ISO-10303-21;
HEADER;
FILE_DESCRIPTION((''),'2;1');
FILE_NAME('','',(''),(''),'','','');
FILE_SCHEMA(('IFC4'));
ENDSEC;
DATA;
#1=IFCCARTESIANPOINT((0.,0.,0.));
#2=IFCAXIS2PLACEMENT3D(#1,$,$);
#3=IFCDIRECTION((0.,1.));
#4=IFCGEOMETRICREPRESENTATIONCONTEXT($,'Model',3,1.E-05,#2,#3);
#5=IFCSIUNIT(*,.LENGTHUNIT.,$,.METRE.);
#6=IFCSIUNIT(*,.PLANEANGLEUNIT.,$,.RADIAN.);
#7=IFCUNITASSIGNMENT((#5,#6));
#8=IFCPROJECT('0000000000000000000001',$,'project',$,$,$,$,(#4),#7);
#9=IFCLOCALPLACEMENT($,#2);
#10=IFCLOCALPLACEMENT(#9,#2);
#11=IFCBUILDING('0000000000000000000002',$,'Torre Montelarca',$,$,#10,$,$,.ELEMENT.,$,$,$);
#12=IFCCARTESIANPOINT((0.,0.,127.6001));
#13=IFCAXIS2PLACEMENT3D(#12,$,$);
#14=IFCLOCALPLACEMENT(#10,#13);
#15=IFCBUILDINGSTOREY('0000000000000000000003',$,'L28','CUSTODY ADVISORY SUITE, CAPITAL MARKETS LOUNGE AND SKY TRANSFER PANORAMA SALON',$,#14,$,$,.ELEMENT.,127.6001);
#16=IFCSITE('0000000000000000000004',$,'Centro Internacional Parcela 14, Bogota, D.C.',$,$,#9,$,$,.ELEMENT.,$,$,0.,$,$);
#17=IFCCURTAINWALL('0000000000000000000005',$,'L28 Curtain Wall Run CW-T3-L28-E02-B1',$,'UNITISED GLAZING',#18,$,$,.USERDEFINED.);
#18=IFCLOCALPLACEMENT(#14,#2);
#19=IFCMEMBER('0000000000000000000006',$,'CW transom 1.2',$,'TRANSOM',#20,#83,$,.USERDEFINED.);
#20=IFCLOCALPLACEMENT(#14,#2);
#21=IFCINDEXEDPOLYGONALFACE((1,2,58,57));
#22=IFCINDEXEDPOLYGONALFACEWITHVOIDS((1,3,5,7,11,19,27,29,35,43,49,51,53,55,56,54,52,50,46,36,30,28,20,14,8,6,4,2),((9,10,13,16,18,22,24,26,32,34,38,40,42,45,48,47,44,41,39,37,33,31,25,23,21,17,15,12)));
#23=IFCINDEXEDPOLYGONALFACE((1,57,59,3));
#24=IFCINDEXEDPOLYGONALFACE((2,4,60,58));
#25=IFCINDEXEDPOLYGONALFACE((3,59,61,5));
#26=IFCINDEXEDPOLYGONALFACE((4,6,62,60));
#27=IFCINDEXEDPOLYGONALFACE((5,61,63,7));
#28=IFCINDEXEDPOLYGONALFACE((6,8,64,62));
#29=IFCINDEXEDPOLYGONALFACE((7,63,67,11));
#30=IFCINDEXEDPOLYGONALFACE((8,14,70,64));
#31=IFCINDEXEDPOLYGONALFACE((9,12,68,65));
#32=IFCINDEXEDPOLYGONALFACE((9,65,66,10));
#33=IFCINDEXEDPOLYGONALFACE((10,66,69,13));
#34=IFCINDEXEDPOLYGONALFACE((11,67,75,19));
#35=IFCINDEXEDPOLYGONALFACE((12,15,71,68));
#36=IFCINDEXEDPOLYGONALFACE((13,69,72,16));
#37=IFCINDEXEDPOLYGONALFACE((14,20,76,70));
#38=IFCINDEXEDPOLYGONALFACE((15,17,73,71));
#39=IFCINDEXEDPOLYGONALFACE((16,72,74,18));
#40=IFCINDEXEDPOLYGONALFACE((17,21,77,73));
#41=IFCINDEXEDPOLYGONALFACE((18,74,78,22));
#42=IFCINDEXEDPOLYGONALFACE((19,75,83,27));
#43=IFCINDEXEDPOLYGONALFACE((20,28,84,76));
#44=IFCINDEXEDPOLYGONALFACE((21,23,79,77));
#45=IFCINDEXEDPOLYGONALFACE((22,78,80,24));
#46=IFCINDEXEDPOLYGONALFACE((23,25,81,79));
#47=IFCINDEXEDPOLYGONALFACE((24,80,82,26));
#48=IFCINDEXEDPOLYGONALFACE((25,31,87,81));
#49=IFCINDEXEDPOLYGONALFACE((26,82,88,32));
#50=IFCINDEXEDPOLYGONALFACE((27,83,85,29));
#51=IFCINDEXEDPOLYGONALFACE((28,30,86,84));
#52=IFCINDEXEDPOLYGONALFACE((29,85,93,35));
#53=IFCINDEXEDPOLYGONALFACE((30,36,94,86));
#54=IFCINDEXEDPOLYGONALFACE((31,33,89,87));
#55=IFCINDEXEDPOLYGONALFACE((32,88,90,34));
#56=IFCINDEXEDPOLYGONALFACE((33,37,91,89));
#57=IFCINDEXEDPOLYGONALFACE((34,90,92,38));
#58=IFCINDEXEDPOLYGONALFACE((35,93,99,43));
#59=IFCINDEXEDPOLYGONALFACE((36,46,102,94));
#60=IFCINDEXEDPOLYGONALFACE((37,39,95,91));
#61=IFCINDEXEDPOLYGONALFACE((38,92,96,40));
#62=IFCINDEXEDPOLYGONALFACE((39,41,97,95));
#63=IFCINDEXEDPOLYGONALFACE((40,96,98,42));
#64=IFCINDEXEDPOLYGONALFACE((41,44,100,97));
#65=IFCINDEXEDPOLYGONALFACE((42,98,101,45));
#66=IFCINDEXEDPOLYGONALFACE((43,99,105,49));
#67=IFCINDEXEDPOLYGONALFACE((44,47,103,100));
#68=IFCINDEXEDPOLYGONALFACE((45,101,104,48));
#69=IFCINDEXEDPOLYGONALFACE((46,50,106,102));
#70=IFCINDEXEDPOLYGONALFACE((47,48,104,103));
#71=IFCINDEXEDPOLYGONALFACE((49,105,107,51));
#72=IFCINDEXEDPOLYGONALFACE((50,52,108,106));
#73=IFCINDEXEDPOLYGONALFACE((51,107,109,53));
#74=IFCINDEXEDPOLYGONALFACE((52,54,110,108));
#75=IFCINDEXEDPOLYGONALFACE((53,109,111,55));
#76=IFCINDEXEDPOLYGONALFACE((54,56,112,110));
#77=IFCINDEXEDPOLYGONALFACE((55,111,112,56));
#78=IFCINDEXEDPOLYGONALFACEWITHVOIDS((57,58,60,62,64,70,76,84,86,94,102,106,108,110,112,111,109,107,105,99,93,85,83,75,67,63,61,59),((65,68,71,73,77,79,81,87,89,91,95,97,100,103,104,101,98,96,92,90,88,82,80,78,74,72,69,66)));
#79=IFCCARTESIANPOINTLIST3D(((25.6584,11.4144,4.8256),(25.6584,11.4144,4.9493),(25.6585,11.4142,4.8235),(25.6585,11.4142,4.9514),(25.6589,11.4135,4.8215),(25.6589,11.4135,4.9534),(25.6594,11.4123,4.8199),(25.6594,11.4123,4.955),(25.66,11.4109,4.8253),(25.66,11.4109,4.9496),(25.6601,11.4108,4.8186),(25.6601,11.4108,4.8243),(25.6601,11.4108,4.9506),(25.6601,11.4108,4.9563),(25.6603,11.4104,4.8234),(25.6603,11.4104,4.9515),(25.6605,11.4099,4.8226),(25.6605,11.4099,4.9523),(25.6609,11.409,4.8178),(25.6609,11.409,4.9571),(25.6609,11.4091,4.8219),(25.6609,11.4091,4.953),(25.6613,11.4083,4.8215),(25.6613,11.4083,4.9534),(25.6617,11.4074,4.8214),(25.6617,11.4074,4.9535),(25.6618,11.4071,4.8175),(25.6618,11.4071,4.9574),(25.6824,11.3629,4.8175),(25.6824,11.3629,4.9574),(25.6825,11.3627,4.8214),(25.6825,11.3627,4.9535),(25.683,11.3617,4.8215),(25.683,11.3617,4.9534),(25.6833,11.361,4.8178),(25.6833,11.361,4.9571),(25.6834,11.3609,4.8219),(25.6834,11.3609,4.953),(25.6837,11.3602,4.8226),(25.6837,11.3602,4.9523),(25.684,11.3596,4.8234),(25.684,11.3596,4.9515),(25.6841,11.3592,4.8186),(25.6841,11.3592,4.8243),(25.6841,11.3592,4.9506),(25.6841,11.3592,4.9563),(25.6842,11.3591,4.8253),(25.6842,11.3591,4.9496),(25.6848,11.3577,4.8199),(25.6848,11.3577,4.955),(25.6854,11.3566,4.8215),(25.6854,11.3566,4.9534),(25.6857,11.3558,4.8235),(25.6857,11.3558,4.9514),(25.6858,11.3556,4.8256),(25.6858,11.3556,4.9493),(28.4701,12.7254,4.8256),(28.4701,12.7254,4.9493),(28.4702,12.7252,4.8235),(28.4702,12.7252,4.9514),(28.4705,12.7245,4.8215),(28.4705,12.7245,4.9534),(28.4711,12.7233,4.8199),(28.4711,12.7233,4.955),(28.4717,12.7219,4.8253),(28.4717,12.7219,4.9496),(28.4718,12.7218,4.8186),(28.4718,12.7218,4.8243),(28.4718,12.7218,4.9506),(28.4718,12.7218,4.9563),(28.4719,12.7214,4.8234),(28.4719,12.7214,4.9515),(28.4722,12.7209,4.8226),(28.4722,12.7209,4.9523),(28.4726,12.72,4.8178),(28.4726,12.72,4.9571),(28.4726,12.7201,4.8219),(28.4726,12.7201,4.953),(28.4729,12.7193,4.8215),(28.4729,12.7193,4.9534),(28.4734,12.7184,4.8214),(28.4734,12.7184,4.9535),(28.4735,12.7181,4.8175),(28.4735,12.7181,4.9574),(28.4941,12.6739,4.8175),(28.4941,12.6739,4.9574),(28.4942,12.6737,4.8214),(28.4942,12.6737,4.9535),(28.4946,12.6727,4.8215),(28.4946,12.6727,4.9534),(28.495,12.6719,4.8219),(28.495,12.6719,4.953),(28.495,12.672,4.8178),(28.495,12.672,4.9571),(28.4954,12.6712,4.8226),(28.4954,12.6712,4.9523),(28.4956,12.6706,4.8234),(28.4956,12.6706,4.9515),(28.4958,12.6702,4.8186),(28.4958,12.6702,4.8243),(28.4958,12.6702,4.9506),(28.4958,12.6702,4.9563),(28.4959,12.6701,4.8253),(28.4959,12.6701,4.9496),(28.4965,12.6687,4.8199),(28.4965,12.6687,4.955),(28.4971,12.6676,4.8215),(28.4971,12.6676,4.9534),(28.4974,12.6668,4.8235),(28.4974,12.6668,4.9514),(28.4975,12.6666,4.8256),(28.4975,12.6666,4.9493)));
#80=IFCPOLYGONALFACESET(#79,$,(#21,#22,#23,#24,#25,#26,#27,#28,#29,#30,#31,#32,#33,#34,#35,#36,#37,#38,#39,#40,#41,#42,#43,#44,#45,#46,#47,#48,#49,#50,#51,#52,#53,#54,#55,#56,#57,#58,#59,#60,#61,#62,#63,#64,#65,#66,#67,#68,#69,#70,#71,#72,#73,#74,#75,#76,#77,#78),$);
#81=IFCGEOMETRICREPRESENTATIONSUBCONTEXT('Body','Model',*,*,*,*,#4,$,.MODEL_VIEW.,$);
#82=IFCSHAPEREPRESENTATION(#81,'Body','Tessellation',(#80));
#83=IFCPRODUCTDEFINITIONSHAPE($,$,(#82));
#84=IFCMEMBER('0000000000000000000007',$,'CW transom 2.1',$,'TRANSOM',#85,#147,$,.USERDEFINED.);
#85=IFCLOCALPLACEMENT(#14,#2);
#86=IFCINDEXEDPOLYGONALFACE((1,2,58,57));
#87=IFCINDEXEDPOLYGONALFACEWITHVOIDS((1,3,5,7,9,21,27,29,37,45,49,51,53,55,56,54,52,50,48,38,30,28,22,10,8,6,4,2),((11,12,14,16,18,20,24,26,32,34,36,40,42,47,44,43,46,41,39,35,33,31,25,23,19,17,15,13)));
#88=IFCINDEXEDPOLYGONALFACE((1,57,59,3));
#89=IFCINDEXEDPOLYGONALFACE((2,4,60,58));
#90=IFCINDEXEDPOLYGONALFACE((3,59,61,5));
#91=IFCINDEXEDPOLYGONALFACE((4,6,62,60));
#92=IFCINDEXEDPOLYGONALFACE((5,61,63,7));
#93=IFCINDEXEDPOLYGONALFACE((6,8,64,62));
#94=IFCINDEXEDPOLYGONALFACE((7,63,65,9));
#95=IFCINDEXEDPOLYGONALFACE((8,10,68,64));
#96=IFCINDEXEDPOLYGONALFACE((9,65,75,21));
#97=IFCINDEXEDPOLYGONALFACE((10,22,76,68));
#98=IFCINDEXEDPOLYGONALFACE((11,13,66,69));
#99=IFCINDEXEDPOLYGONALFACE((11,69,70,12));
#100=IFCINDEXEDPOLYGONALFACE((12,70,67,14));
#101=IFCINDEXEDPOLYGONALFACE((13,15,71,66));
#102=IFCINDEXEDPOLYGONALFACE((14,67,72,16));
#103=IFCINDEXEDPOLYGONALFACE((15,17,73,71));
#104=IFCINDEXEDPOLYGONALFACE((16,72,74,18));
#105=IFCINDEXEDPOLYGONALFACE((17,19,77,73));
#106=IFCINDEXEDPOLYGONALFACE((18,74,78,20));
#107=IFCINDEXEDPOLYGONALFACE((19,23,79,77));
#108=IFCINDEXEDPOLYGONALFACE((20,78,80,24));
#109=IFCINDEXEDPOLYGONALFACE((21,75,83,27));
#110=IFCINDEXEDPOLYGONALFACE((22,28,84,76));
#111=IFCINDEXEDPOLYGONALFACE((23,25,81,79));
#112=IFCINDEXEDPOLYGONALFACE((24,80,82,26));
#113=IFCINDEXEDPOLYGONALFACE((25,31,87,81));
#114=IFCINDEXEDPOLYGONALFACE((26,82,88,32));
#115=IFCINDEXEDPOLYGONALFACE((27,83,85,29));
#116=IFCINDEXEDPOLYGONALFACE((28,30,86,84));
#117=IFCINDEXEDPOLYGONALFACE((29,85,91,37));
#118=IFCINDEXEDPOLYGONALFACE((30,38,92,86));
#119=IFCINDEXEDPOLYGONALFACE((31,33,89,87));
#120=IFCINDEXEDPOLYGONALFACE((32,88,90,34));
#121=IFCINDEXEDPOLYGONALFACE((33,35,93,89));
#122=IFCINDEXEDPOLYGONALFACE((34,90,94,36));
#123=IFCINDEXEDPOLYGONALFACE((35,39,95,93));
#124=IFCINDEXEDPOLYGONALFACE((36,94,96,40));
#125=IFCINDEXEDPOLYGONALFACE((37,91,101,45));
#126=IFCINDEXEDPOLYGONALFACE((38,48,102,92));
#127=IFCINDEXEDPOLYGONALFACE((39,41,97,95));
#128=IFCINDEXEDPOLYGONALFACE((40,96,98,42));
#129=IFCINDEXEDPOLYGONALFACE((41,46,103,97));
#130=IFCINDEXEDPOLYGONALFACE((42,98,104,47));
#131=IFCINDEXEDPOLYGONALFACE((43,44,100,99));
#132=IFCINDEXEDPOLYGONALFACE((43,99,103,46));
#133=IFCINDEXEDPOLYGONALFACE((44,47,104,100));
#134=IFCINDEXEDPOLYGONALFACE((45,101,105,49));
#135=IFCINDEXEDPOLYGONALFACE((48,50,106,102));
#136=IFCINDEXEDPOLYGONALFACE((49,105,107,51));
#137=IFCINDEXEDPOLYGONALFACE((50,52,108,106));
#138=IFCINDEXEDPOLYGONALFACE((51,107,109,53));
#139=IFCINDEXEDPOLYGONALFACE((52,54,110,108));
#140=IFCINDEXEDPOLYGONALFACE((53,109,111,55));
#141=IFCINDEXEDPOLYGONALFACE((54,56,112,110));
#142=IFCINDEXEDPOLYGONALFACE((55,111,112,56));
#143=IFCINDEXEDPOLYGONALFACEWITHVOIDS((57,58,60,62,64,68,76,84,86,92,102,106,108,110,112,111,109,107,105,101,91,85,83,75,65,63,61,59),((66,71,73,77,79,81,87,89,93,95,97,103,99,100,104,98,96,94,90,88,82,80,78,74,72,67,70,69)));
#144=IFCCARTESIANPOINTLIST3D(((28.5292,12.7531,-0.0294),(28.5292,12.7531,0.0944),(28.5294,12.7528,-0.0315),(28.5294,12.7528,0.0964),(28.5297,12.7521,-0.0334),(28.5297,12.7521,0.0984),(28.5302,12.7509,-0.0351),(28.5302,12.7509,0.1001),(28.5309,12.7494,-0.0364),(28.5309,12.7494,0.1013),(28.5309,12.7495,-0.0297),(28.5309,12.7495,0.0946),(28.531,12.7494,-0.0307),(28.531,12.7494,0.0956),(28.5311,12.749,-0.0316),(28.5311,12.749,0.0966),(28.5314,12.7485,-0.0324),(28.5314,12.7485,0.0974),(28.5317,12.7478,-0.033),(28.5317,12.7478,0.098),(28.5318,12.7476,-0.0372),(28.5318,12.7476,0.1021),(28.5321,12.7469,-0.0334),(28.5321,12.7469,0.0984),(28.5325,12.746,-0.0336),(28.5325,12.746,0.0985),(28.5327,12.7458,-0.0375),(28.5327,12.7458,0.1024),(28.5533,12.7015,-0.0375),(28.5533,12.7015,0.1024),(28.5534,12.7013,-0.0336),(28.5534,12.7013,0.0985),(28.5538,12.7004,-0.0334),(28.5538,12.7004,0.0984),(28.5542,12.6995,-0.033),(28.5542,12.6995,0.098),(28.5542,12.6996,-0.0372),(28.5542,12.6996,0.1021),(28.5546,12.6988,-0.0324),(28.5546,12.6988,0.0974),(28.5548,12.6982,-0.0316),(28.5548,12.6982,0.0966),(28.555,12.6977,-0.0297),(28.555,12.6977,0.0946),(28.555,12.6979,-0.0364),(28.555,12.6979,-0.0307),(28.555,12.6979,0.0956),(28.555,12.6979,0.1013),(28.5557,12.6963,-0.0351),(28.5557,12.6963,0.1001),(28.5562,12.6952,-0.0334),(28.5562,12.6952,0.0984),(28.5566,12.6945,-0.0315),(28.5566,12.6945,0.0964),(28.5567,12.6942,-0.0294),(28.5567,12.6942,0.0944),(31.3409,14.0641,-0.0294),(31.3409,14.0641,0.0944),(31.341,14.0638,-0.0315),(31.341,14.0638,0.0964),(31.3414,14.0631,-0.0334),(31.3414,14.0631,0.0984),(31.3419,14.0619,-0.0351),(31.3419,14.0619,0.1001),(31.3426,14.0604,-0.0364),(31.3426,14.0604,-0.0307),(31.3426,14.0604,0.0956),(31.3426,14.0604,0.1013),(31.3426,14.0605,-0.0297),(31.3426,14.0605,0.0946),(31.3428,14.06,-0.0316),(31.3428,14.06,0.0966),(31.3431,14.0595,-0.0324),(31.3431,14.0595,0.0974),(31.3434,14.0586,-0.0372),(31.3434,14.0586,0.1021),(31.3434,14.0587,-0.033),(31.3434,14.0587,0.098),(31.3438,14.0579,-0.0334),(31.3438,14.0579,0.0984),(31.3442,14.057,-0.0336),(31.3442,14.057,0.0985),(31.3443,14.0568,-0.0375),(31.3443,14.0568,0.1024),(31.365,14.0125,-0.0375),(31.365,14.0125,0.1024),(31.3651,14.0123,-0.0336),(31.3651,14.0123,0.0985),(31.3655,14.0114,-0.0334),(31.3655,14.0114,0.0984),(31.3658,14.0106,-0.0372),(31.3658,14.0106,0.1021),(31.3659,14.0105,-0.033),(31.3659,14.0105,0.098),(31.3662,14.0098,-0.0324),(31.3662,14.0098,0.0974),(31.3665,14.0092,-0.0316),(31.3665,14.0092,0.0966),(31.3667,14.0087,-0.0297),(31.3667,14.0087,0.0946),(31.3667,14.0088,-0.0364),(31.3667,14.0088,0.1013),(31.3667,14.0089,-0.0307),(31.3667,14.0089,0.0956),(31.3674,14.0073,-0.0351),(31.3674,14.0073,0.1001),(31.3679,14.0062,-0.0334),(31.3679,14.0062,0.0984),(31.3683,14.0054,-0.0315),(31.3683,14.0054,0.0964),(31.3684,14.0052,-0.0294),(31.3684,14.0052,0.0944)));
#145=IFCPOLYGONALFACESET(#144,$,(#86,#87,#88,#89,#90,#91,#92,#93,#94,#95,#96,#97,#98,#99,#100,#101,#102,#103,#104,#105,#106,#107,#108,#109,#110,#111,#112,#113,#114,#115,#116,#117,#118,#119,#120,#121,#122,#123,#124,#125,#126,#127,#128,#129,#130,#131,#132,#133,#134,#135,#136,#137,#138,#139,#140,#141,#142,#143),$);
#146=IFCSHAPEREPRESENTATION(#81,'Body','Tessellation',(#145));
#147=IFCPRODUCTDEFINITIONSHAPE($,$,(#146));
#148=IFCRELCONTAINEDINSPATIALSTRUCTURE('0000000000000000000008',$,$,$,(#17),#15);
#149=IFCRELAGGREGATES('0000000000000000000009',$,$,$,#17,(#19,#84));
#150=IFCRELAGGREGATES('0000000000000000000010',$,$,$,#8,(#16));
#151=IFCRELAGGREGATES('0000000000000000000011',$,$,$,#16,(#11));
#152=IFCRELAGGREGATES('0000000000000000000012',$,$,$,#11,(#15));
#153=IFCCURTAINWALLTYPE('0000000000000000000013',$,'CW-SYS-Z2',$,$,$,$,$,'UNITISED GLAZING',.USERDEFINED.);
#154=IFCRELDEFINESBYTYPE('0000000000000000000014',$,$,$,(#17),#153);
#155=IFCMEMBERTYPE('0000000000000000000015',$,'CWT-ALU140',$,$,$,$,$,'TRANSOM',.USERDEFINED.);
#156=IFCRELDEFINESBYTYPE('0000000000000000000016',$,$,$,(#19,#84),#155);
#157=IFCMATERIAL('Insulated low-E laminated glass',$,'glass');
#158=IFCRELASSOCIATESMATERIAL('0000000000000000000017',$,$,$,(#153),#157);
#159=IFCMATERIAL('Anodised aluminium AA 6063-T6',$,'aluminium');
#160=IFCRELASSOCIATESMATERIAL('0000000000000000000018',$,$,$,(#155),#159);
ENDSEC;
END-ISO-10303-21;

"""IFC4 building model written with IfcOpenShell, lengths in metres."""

from ifc_helpers import new_model, si_unit, direction, frame, origin, origin_2d, place, context, subcontext, project, spatial, hollow_rectangle, extrude, source, transform, mapped, material, material_profile, profile_set, type_object, element, aggregate, save


model = new_model("IFC4")

# Units and contexts
model_context = context("Model", 3, precision=1e-05, world=origin(), true_north=direction((0.0, 1.0)))
body_context = subcontext(model_context, "Body", "Model", "MODEL_VIEW")
ifc_project = project(units=[si_unit("LENGTHUNIT", "METRE"), si_unit("PLANEANGLEUNIT", "RADIAN")], contexts=[model_context])

# Site, building, storey
site_placement = place(None, origin())
site = spatial("IfcSite", under=ifc_project, at=site_placement, Name="Centro Internacional Parcela 14, Bogota, D.C.", CompositionType="ELEMENT", RefElevation=0.0)
building_placement = place(site_placement, origin())
building = spatial("IfcBuilding", under=site, at=building_placement, Name="Torre Montelarca", CompositionType="ELEMENT")
storey_placement = place(building_placement, frame((0.0, 0.0, 127.6001)))
storey = spatial("IfcBuildingStorey", under=building, at=storey_placement, Name="L28", Description="CUSTODY ADVISORY SUITE, CAPITAL MARKETS LOUNGE AND SKY TRANSFER PANORAMA SALON", CompositionType="ELEMENT", Elevation=127.6001)

# Curtain wall, members
ifc_material_1 = material(Name="Insulated low-E laminated glass", Category="glass")
curtain_wall_type = type_object("IfcCurtainWallType", Name="CW-SYS-Z2", ElementType="UNITISED GLAZING", PredefinedType="USERDEFINED", material=ifc_material_1)
curtain_wall_1_placement = place(storey_placement, origin())
curtain_wall_1 = element("IfcCurtainWall", 1, at=curtain_wall_1_placement, inside=storey, type_object=curtain_wall_type, Name="L28 Curtain Wall Run CW-T3-L28-E02-B1", ObjectType="UNITISED GLAZING", PredefinedType="USERDEFINED")
ifc_material_2 = material(Name="Anodised aluminium AA 6063-T6", Category="aluminium")
ifc_material_profile_1 = material_profile(ifc_material_2, hollow_rectangle(XDim=0.0649, YDim=0.1399, WallThickness=0.0039, InnerFilletRadius=0.0039, OuterFilletRadius=0.0081, at=origin_2d()), Name="ALU65X140X4", Category="aluminium")
ifc_profile_set_1 = profile_set([ifc_material_profile_1], Name="Anodised aluminium AA 6063-T6")
member_type_1 = type_object("IfcMemberType", Name="CWT-ALU140", ElementType="TRANSOM", PredefinedType="USERDEFINED", material=ifc_profile_set_1)
shared_shape_1 = source(origin(), body_context, "Body", "SweptSolid", [
    extrude(hollow_rectangle(XDim=0.0649, YDim=0.1399, WallThickness=0.0039, InnerFilletRadius=0.0039, OuterFilletRadius=0.0081, at=origin_2d()), origin(), (0.0, 0.0, 1.0), 3.1023),
])
member_1_placement = place(storey_placement, frame((25.6721, 11.385, 4.8875), z_axis=(0.906322, 0.422588, 0.0), x_axis=(-0.422588, 0.906322, 0.0)))
member_1 = element("IfcMember", 2, at=member_1_placement, type_object=member_type_1, Name="CW transom 1.2", ObjectType="TRANSOM", PredefinedType="USERDEFINED", context=body_context, shape_type="MappedRepresentation", body=[
    mapped(shared_shape_1, transform((0.0, 0.0, 0.0), scale=1.0)),
])
member_2_placement = place(storey_placement, frame((28.543, 12.7236, 0.0325), z_axis=(0.906322, 0.422588, 0.0), x_axis=(-0.422588, 0.906322, 0.0)))
member_2 = element("IfcMember", 3, at=member_2_placement, type_object=member_type_1, Name="CW transom 2.1", ObjectType="TRANSOM", PredefinedType="USERDEFINED", context=body_context, shape_type="MappedRepresentation", body=[
    mapped(shared_shape_1, transform((0.0, 0.0, 0.0), scale=1.0)),
])

aggregate(curtain_wall_1, [member_1, member_2])

save(model, "model.ifc")
